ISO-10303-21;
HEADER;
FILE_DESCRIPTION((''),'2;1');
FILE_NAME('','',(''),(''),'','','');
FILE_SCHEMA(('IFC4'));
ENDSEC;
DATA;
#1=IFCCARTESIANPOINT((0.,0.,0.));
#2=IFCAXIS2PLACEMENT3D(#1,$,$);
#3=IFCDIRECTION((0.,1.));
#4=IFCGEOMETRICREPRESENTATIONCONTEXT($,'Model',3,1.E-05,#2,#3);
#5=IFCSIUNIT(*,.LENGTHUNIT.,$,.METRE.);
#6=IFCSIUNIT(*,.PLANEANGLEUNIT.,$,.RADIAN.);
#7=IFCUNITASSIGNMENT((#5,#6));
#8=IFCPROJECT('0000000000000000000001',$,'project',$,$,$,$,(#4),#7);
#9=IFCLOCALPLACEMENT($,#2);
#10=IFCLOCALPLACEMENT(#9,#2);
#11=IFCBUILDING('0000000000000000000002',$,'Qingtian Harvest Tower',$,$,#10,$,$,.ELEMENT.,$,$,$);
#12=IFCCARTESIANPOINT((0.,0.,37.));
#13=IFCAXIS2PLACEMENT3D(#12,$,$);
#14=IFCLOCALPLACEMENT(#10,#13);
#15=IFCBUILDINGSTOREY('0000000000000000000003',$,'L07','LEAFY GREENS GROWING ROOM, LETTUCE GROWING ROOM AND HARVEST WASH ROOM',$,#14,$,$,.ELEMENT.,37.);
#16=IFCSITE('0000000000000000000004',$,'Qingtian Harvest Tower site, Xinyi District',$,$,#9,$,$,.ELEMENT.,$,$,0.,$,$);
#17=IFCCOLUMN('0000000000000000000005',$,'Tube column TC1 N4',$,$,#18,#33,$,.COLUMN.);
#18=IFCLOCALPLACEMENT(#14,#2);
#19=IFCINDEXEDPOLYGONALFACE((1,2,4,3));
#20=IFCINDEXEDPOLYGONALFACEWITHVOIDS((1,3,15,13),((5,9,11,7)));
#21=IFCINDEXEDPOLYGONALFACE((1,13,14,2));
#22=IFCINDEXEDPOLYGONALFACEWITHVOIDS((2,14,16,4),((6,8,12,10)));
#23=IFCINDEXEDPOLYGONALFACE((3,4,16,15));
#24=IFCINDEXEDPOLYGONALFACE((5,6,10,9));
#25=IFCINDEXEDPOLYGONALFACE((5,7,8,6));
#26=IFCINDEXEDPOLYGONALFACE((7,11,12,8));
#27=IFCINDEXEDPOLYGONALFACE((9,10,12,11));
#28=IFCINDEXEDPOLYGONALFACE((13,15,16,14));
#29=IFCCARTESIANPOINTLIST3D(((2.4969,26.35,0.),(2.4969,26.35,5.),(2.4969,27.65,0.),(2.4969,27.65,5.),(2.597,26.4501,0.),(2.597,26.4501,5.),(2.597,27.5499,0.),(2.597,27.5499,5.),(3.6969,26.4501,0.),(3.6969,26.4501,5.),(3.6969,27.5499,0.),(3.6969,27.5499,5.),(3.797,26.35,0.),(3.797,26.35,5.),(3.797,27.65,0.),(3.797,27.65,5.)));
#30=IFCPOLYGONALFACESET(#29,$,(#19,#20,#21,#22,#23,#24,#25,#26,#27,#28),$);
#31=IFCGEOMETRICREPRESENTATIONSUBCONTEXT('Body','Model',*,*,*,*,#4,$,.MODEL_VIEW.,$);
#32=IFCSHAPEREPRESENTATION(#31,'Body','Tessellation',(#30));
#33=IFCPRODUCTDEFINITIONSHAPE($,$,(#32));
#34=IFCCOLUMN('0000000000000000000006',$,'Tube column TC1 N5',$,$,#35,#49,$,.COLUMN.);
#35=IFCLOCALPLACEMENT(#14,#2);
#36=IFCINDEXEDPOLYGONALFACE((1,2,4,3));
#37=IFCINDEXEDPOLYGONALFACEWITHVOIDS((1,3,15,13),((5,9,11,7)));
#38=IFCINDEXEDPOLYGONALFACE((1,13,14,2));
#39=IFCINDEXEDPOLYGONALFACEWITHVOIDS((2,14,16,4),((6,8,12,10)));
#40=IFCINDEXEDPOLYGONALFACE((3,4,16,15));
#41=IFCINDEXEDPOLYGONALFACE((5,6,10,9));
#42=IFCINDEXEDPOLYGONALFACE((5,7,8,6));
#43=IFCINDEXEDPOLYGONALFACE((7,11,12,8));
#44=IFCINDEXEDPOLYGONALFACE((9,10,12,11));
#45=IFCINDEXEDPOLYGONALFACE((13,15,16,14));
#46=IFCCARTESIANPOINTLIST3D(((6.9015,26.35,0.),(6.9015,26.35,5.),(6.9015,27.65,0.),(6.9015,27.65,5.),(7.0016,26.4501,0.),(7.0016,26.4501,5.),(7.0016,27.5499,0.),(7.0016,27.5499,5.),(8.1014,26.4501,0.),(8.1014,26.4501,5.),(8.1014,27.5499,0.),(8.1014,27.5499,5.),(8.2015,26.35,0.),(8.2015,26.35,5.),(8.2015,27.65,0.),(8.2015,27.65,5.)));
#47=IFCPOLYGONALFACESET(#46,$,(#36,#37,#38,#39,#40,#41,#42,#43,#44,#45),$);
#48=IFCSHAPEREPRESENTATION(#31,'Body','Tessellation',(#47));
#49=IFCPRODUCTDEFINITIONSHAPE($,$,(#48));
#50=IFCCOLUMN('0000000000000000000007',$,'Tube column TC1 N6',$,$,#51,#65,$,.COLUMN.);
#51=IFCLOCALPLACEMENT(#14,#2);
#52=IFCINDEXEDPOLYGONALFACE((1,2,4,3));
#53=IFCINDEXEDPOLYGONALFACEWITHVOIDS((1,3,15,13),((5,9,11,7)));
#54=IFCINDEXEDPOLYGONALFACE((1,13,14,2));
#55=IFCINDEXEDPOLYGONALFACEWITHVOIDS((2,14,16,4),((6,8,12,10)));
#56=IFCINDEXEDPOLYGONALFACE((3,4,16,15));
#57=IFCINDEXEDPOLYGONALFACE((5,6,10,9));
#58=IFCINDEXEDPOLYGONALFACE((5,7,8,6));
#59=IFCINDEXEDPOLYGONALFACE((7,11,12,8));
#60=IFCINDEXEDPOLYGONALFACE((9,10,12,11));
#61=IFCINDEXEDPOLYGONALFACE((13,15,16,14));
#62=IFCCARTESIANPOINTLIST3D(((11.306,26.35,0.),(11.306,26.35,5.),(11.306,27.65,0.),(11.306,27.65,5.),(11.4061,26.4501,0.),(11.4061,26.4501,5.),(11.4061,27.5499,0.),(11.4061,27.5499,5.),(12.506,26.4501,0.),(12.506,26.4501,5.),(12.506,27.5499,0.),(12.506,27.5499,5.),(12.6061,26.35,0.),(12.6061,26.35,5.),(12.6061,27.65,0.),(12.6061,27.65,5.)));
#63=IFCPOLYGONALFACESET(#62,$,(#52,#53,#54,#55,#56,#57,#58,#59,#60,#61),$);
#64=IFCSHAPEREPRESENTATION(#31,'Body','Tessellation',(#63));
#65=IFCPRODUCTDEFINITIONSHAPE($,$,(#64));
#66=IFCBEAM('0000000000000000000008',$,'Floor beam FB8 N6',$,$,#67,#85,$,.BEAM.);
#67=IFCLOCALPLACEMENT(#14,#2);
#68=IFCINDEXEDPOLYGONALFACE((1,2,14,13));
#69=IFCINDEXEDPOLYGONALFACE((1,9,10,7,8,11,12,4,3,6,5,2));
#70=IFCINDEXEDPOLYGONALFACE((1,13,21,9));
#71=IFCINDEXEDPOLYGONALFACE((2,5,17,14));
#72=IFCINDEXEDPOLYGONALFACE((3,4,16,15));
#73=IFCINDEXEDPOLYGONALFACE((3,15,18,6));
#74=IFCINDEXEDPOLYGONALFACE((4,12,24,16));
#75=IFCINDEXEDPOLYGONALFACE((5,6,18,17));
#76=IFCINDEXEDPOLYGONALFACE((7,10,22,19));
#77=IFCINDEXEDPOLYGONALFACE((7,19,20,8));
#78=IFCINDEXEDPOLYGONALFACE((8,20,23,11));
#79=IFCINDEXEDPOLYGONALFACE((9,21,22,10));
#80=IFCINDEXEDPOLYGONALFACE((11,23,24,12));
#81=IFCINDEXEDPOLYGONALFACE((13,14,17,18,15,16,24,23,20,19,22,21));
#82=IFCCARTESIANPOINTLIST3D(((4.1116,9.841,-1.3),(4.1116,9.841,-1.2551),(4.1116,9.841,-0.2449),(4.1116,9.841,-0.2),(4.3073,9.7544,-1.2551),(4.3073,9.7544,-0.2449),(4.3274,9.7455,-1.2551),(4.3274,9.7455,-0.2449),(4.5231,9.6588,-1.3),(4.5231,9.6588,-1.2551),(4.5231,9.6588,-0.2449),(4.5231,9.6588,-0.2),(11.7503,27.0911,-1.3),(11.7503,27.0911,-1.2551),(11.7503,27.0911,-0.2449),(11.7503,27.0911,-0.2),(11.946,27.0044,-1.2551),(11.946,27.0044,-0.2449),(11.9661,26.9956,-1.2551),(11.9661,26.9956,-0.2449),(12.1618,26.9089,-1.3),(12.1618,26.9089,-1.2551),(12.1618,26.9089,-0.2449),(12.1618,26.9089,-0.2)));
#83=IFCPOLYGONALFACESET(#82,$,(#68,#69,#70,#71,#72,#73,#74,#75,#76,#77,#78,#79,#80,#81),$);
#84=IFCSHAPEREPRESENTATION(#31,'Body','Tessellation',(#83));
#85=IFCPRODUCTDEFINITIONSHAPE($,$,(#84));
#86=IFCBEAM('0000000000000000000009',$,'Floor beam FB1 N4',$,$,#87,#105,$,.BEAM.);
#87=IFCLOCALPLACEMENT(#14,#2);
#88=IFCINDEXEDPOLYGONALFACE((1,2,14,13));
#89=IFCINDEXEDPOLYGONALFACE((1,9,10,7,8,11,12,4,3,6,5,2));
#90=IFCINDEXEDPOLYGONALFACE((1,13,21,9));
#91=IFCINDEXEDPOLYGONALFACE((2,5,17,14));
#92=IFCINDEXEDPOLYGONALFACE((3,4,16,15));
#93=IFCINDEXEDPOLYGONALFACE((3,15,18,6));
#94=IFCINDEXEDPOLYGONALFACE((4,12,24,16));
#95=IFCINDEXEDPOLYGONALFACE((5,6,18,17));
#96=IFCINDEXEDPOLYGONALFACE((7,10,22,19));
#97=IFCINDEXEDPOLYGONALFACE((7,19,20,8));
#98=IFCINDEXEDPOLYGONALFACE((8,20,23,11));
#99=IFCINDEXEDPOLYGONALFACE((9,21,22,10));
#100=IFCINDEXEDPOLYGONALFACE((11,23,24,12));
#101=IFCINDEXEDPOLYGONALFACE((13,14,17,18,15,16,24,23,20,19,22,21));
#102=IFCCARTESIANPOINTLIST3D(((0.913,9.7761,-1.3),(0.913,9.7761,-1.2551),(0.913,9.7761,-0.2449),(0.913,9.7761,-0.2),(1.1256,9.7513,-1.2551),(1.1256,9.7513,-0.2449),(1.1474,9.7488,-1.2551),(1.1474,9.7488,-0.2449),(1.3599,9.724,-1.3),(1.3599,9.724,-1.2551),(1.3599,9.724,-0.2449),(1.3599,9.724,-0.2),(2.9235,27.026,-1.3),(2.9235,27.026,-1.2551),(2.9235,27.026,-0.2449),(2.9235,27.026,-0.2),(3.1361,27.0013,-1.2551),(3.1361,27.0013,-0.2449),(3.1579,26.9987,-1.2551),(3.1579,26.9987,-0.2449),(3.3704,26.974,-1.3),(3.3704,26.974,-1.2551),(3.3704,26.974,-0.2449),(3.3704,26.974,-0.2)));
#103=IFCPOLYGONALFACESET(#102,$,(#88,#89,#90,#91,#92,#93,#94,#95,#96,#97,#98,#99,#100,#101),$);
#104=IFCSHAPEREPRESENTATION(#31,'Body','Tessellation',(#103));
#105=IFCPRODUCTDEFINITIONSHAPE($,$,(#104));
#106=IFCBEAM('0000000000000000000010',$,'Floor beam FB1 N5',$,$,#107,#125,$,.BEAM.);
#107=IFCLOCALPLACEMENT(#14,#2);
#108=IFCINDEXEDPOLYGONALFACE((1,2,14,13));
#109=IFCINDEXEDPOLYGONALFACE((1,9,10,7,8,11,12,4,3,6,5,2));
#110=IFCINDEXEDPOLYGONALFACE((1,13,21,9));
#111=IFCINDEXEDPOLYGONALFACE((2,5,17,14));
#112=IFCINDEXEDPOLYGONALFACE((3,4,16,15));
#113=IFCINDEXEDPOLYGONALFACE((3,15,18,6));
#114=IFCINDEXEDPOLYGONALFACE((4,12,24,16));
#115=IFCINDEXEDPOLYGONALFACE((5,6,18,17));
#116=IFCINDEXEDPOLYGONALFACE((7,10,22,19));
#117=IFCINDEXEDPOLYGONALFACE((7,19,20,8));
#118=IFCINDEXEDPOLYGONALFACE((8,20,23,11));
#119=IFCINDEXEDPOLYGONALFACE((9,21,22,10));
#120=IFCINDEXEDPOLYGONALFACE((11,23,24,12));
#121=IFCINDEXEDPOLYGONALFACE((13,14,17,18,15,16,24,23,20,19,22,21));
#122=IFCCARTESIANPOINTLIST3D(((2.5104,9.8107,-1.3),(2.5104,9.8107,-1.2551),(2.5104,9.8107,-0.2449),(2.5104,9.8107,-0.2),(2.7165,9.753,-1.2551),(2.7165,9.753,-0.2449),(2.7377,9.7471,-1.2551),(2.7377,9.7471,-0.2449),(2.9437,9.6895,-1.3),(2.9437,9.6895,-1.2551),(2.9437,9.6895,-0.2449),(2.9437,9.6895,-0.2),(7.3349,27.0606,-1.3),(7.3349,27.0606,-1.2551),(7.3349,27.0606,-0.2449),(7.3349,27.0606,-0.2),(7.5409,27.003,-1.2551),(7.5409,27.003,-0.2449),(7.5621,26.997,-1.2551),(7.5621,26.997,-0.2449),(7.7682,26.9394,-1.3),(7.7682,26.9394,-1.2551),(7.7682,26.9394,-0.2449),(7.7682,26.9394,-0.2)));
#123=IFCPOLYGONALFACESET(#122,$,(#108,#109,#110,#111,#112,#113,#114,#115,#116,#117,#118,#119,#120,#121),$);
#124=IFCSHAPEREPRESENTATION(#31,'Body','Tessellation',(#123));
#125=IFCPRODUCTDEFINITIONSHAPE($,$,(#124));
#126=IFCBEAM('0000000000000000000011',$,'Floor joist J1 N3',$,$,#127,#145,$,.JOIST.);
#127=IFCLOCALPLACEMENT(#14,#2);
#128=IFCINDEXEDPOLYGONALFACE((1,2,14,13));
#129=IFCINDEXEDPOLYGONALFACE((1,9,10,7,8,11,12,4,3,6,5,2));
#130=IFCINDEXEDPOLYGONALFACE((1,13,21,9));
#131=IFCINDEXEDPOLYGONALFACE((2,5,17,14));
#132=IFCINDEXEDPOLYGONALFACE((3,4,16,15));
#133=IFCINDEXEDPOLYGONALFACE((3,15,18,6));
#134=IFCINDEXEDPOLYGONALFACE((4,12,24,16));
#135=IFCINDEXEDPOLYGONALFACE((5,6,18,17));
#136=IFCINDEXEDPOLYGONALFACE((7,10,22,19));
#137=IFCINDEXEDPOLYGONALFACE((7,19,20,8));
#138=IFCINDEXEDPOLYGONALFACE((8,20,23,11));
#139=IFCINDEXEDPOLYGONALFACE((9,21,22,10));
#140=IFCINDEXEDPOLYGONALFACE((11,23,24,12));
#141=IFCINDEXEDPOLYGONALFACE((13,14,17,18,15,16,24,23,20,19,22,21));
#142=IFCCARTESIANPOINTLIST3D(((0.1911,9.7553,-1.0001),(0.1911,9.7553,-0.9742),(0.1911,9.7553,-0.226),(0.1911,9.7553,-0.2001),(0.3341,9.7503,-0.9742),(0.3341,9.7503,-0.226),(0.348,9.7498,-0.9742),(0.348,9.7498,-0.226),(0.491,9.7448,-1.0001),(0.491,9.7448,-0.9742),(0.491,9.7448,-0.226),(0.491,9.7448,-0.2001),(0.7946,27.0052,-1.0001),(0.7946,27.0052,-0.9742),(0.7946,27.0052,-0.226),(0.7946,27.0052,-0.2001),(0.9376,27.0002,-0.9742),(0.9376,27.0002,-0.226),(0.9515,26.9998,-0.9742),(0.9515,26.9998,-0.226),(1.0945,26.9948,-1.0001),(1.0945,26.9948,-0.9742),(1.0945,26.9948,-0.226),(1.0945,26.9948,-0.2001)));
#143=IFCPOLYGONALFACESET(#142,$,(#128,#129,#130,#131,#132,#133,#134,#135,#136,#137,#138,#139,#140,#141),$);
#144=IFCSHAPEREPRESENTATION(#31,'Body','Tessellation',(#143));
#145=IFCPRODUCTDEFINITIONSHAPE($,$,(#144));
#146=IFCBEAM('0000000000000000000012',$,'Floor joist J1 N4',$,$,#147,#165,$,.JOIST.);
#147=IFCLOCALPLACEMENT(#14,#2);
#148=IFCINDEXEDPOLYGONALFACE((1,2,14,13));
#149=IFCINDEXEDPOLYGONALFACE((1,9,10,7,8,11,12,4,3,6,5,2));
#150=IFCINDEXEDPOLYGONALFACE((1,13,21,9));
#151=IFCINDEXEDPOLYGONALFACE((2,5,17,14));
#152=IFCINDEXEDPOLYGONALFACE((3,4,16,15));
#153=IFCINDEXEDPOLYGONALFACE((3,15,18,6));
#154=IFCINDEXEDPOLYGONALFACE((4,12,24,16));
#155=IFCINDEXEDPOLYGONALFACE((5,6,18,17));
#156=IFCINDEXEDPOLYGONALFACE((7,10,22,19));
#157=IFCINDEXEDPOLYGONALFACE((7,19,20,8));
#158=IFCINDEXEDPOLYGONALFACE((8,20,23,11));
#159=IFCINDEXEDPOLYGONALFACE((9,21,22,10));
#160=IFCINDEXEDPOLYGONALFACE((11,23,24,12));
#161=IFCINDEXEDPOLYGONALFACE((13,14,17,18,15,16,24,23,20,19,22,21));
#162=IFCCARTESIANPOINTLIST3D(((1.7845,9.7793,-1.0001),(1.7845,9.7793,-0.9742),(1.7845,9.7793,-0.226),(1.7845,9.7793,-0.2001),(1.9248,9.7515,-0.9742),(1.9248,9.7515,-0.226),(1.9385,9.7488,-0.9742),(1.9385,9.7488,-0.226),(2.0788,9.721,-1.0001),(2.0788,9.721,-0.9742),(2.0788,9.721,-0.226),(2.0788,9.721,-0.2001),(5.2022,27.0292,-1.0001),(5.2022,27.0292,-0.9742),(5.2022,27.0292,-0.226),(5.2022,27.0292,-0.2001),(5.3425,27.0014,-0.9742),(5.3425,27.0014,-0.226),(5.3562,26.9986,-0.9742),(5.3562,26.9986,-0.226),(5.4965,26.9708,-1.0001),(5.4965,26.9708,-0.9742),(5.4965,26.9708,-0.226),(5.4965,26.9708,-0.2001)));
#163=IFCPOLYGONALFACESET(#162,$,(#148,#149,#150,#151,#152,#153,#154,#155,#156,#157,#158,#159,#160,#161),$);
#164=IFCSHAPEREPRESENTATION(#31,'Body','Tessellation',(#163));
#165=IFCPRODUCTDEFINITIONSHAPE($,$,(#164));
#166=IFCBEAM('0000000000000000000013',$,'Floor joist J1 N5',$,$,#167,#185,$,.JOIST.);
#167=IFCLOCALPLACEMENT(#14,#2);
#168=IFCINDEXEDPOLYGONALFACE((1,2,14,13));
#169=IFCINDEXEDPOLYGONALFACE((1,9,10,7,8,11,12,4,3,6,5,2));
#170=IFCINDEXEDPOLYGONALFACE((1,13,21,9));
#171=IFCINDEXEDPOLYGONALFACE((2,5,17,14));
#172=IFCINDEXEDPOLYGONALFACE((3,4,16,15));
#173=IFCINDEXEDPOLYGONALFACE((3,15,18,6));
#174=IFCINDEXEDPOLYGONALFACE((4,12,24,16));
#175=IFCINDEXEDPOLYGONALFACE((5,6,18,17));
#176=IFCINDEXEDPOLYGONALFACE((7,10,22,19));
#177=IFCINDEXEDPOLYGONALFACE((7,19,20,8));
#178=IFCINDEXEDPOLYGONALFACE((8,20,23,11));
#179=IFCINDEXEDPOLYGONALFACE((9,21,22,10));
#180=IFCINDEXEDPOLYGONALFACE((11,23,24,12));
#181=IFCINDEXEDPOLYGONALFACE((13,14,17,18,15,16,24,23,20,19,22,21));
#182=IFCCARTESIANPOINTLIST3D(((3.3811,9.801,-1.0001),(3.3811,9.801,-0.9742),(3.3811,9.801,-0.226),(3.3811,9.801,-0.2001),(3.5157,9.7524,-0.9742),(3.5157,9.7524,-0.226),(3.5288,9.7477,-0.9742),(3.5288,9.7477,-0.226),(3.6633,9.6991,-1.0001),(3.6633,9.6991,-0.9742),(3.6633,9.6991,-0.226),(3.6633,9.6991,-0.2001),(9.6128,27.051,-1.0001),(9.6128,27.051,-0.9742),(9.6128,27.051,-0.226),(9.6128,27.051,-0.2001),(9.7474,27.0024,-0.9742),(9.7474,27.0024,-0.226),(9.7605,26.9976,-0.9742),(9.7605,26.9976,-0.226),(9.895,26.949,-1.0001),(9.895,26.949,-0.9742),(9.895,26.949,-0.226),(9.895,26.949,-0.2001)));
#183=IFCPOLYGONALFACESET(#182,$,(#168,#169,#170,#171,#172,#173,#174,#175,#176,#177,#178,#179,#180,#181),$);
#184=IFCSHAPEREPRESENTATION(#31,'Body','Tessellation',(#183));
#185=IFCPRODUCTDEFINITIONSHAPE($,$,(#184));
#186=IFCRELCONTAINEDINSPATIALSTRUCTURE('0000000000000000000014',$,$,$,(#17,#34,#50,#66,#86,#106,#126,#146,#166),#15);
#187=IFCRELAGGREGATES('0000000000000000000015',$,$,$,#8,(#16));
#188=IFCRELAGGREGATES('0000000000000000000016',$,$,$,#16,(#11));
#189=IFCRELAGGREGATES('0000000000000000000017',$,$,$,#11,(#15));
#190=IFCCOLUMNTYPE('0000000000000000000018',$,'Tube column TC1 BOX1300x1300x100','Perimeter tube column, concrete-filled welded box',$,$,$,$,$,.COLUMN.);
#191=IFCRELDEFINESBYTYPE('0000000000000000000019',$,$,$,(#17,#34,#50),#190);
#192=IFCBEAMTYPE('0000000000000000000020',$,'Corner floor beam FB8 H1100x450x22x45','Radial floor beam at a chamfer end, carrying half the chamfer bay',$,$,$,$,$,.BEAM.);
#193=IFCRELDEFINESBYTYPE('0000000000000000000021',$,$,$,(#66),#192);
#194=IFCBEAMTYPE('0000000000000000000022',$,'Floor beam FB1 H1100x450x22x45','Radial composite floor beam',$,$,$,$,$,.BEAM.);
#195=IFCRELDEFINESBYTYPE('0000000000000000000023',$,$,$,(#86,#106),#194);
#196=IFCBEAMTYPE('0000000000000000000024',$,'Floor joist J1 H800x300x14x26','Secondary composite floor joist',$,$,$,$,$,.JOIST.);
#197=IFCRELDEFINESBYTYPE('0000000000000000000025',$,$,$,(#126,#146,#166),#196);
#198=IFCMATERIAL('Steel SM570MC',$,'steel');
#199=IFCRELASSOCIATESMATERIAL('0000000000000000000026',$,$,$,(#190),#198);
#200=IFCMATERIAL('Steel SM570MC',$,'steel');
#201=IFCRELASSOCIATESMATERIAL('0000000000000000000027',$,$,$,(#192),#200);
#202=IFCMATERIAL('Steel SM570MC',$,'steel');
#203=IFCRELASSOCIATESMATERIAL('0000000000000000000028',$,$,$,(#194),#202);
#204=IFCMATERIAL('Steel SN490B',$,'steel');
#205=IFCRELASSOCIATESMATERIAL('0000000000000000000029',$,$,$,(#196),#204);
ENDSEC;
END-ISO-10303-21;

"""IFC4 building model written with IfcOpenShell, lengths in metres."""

from ifc_helpers import new_model, si_unit, direction, frame, origin, origin_2d, place, context, subcontext, project, spatial, hollow_rectangle, i_section, extrude, material, material_profile, profile_set, type_object, element, save


model = new_model("IFC4")

# Units and contexts
model_context = context("Model", 3, precision=1e-05, world=origin(), true_north=direction((0.0, 1.0)))
body_context = subcontext(model_context, "Body", "Model", "MODEL_VIEW")
ifc_project = project(units=[si_unit("LENGTHUNIT", "METRE"), si_unit("PLANEANGLEUNIT", "RADIAN")], contexts=[model_context])

# Site, building, storey
site_placement = place(None, origin())
site = spatial("IfcSite", under=ifc_project, at=site_placement, Name="Qingtian Harvest Tower site, Xinyi District", CompositionType="ELEMENT", RefElevation=0.0)
building_placement = place(site_placement, origin())
building = spatial("IfcBuilding", under=site, at=building_placement, Name="Qingtian Harvest Tower", CompositionType="ELEMENT")
storey_placement = place(building_placement, frame((0.0, 0.0, 37.0)))
storey = spatial("IfcBuildingStorey", under=building, at=storey_placement, Name="L07", Description="LEAFY GREENS GROWING ROOM, LETTUCE GROWING ROOM AND HARVEST WASH ROOM", CompositionType="ELEMENT", Elevation=37.0)

# Columns
ifc_material_1 = material(Name="Steel SM570MC", Category="steel")
ifc_material_profile_1 = material_profile(ifc_material_1, hollow_rectangle(XDim=1.3, YDim=1.3, WallThickness=0.1001, at=origin_2d()), Name="BOX1300x1300x100")
ifc_profile_set_1 = profile_set([ifc_material_profile_1], Name="Steel SM570MC")
column_type = type_object("IfcColumnType", Name="Tube column TC1 BOX1300x1300x100", Description="Perimeter tube column, concrete-filled welded box", PredefinedType="COLUMN", material=ifc_profile_set_1)
for number, where, z_axis, x_axis, name in (
    (1, (3.147, 27.0, 0.0), (0.0, 0.0, 1.0), (-1.0, 0.0, 0.0), "Tube column TC1 N4"),
    (2, (7.5515, 27.0, 0.0), (0.0, 0.0, 1.0), (-1.0, 0.0, 0.0), "Tube column TC1 N5"),
    (3, (11.9561, 27.0, 0.0), (0.0, 0.0, 1.0), (-1.0, 0.0, 0.0), "Tube column TC1 N6"),
):
    element("IfcColumn", number, at=place(storey_placement, frame(where, z_axis=z_axis, x_axis=x_axis)), inside=storey, type_object=column_type, Name=name, PredefinedType="COLUMN", context=body_context, shape_type="SweptSolid", body=[
        extrude(hollow_rectangle(XDim=1.3, YDim=1.3, WallThickness=0.1001, at=origin_2d()), origin(), (0.0, 0.0, 1.0), 5.0),
    ])

# Beams
ifc_material_2 = material(Name="Steel SM570MC", Category="steel")
ifc_material_profile_2 = material_profile(ifc_material_2, i_section(OverallWidth=0.45, OverallDepth=1.1001, WebThickness=0.022, FlangeThickness=0.0449, at=origin_2d()), Name="H1100x450x22x45")
ifc_profile_set_2 = profile_set([ifc_material_profile_2], Name="Steel SM570MC")
beam_type_1 = type_object("IfcBeamType", Name="Corner floor beam FB8 H1100x450x22x45", Description="Radial floor beam at a chamfer end, carrying half the chamfer bay", PredefinedType="BEAM", material=ifc_profile_set_2)
beam_1_placement = place(storey_placement, frame((11.9561, 27.0, -0.75), z_axis=(-0.404899, -0.914361, 0.0), x_axis=(0.914361, -0.404899, 0.0)))
element("IfcBeam", 4, at=beam_1_placement, inside=storey, type_object=beam_type_1, Name="Floor beam FB8 N6", PredefinedType="BEAM", context=body_context, shape_type="SweptSolid", body=[
    extrude(i_section(OverallWidth=0.45, OverallDepth=1.1001, WebThickness=0.022, FlangeThickness=0.0449, at=origin_2d()), origin(), (0.0, 0.0, 1.0), 18.8657),
])
ifc_material_3 = material(Name="Steel SM570MC", Category="steel")
ifc_material_profile_3 = material_profile(ifc_material_3, i_section(OverallWidth=0.45, OverallDepth=1.1001, WebThickness=0.022, FlangeThickness=0.0449, at=origin_2d()), Name="H1100x450x22x45")
ifc_profile_set_3 = profile_set([ifc_material_profile_3], Name="Steel SM570MC")
beam_type_2 = type_object("IfcBeamType", Name="Floor beam FB1 H1100x450x22x45", Description="Radial composite floor beam", PredefinedType="BEAM", material=ifc_profile_set_3)
beam_2_placement = place(storey_placement, frame((3.147, 27.0, -0.75), z_axis=(-0.115767, -0.993276, 0.0), x_axis=(0.993276, -0.115767, 0.0)))
element("IfcBeam", 5, at=beam_2_placement, inside=storey, type_object=beam_type_2, Name="Floor beam FB1 N4", PredefinedType="BEAM", context=body_context, shape_type="SweptSolid", body=[
    extrude(i_section(OverallWidth=0.45, OverallDepth=1.1001, WebThickness=0.022, FlangeThickness=0.0449, at=origin_2d()), origin(), (0.0, 0.0, 1.0), 17.3667),
])
beam_3_placement = place(storey_placement, frame((7.5515, 27.0, -0.75), z_axis=(-0.269343, -0.963044, 0.0), x_axis=(0.963044, -0.269343, 0.0)))
element("IfcBeam", 6, at=beam_3_placement, inside=storey, type_object=beam_type_2, Name="Floor beam FB1 N5", PredefinedType="BEAM", context=body_context, shape_type="SweptSolid", body=[
    extrude(i_section(OverallWidth=0.45, OverallDepth=1.1001, WebThickness=0.022, FlangeThickness=0.0449, at=origin_2d()), origin(), (0.0, 0.0, 1.0), 17.9119),
])
ifc_material_4 = material(Name="Steel SN490B", Category="steel")
ifc_material_profile_4 = material_profile(ifc_material_4, i_section(OverallWidth=0.3, OverallDepth=0.8, WebThickness=0.0139, FlangeThickness=0.0259, at=origin_2d()), Name="H800x300x14x26")
ifc_profile_set_4 = profile_set([ifc_material_profile_4], Name="Steel SN490B")
beam_type_3 = type_object("IfcBeamType", Name="Floor joist J1 H800x300x14x26", Description="Secondary composite floor joist", PredefinedType="JOIST", material=ifc_profile_set_4)
beam_4_placement = place(storey_placement, frame((0.9446, 27.0, -0.6001), z_axis=(-0.034965, -0.999389, 0.0), x_axis=(0.999389, -0.034965, 0.0)))
element("IfcBeam", 7, at=beam_4_placement, inside=storey, type_object=beam_type_3, Name="Floor joist J1 N3", PredefinedType="JOIST", context=body_context, shape_type="SweptSolid", body=[
    extrude(i_section(OverallWidth=0.3, OverallDepth=0.8, WebThickness=0.0139, FlangeThickness=0.0259, at=origin_2d()), origin(), (0.0, 0.0, 1.0), 17.2605),
])
beam_5_placement = place(storey_placement, frame((5.3494, 27.0, -0.6001), z_axis=(-0.194351, -0.980932, 0.0), x_axis=(0.980932, -0.194351, 0.0)))
element("IfcBeam", 8, at=beam_5_placement, inside=storey, type_object=beam_type_3, Name="Floor joist J1 N4", PredefinedType="JOIST", context=body_context, shape_type="SweptSolid", body=[
    extrude(i_section(OverallWidth=0.3, OverallDepth=0.8, WebThickness=0.0139, FlangeThickness=0.0259, at=origin_2d()), origin(), (0.0, 0.0, 1.0), 17.5852),
])
beam_6_placement = place(storey_placement, frame((9.7539, 27.0, -0.6001), z_axis=(-0.339766, -0.94051, 0.0), x_axis=(0.94051, -0.339766, 0.0)))
element("IfcBeam", 9, at=beam_6_placement, inside=storey, type_object=beam_type_3, Name="Floor joist J1 N5", PredefinedType="JOIST", context=body_context, shape_type="SweptSolid", body=[
    extrude(i_section(OverallWidth=0.3, OverallDepth=0.8, WebThickness=0.0139, FlangeThickness=0.0259, at=origin_2d()), origin(), (0.0, 0.0, 1.0), 18.3411),
])

save(model, "model.ifc")
